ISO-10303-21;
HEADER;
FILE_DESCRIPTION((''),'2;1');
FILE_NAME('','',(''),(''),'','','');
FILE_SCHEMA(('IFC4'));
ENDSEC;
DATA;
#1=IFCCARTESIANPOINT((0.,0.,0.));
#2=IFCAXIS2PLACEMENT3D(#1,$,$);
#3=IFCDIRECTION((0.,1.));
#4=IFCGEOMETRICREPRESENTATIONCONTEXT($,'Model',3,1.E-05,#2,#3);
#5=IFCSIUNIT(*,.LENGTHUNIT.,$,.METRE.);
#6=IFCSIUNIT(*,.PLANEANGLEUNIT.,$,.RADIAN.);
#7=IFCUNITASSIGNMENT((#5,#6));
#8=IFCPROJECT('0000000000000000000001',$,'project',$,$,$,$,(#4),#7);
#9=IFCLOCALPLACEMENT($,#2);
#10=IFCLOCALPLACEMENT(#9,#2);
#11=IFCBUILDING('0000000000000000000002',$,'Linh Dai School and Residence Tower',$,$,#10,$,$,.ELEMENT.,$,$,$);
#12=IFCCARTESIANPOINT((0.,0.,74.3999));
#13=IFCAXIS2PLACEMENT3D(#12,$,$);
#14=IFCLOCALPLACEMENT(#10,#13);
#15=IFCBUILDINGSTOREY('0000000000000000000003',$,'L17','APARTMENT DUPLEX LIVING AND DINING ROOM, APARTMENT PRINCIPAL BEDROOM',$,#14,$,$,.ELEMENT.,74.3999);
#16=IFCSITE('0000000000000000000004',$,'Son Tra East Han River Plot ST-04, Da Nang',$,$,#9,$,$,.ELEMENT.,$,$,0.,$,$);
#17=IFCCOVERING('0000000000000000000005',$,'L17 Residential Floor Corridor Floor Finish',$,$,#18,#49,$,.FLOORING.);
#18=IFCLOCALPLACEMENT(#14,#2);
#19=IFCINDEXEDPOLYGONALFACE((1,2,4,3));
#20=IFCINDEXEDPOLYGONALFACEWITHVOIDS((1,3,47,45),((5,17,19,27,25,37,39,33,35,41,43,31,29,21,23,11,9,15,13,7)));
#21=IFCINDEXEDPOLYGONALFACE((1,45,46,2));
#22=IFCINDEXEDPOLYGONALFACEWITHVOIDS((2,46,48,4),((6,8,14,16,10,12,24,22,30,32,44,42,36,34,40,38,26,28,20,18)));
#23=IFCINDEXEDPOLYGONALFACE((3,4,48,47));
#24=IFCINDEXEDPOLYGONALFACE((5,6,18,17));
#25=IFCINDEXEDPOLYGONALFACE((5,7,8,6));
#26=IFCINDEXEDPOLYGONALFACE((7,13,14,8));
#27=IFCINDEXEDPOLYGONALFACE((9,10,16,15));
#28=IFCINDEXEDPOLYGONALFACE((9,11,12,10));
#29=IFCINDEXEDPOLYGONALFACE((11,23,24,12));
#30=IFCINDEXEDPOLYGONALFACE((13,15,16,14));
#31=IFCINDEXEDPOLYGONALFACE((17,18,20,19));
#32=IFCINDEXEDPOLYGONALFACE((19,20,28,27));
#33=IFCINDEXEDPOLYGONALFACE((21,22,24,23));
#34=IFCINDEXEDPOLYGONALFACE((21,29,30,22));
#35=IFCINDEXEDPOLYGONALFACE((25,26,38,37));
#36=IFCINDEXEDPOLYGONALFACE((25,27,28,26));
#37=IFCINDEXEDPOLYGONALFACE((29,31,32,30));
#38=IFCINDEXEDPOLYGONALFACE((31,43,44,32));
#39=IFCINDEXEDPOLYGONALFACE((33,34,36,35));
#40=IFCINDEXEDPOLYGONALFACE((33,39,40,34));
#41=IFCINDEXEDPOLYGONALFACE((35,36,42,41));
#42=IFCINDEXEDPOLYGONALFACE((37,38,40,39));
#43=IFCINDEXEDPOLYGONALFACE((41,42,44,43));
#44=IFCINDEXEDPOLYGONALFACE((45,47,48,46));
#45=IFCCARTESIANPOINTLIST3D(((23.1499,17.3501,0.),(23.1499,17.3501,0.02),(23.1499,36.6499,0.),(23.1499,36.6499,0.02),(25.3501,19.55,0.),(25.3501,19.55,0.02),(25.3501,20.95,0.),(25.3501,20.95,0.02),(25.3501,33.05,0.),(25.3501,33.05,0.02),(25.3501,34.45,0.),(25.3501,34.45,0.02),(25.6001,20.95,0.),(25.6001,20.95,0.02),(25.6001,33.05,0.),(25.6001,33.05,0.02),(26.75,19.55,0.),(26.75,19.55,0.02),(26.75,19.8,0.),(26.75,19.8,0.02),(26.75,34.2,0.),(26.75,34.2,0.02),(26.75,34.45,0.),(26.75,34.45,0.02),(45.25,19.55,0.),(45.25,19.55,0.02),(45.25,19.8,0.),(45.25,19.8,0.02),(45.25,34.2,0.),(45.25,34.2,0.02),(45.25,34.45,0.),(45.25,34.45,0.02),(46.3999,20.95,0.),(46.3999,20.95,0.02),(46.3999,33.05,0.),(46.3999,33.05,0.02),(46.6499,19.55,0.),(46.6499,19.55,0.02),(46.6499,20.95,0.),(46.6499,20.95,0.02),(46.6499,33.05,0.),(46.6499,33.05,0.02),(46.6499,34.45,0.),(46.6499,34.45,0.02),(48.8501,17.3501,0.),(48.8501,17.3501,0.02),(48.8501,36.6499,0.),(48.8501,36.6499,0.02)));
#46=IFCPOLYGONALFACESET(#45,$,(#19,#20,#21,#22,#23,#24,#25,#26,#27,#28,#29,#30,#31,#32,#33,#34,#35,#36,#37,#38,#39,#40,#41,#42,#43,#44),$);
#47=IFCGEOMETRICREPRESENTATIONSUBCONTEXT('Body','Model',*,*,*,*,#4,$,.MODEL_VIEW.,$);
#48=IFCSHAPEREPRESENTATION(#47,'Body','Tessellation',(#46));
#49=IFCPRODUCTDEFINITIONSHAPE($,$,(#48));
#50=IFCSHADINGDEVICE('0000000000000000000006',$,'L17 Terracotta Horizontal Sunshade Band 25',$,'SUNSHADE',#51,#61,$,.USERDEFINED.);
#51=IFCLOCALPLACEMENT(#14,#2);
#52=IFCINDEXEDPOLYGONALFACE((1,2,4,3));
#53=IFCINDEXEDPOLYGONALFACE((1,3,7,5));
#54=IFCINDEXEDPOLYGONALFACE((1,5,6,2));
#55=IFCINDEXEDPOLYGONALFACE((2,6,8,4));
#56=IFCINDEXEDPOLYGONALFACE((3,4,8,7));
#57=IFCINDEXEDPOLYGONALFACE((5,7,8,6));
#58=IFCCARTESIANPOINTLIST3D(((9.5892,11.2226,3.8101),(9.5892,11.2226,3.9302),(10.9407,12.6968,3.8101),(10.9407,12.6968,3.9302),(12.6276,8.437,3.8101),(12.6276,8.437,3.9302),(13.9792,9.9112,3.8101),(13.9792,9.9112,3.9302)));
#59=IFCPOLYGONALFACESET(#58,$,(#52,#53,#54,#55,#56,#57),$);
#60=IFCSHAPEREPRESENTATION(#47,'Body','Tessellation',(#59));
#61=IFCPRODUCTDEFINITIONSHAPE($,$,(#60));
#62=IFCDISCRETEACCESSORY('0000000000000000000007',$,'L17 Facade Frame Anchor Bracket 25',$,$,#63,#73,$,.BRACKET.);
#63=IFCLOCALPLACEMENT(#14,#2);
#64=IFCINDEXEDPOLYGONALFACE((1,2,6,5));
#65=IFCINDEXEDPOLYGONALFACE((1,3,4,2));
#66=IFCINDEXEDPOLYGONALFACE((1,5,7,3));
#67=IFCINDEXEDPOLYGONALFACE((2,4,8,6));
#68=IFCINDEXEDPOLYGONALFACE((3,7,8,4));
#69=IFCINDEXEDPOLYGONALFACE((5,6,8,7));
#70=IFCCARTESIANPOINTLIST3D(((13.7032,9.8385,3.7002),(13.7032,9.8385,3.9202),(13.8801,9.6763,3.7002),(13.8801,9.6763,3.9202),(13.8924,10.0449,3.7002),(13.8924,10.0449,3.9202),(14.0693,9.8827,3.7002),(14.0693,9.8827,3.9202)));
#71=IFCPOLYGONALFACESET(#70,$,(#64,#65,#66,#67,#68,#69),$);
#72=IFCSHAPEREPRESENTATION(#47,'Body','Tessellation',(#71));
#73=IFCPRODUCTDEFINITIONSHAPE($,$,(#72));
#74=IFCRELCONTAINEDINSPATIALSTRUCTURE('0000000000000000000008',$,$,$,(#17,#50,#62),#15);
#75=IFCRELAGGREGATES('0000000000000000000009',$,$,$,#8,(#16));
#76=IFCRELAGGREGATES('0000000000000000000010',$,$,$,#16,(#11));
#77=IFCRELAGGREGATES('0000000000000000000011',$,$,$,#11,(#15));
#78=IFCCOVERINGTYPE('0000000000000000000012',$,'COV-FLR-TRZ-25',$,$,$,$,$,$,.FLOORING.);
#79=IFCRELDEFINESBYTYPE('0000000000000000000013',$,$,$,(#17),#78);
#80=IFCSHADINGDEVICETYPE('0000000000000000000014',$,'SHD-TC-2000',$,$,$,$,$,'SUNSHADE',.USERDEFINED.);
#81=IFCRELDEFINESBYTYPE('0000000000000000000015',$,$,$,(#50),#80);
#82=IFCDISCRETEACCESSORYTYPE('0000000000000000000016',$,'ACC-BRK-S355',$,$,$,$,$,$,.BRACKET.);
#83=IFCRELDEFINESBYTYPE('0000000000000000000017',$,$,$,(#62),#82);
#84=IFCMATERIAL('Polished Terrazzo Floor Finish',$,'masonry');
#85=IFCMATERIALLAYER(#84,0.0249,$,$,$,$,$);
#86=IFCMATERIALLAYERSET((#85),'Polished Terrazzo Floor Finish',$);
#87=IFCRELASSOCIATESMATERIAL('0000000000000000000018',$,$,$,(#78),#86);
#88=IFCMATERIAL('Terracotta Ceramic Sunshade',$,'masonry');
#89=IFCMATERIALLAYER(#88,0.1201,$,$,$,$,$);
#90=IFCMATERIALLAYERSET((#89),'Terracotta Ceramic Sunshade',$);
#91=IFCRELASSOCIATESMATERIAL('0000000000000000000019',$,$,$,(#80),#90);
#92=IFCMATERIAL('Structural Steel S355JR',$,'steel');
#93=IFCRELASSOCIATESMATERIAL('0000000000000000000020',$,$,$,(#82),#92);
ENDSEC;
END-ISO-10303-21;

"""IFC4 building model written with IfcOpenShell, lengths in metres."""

from ifc_helpers import new_model, si_unit, direction, frame, origin, origin_2d, place, context, subcontext, project, spatial, polyline, rectangle, outline, extrude, source, transform, mapped, material, layer, layer_set, type_object, element, save


model = new_model("IFC4")

# Units and contexts
model_context = context("Model", 3, precision=1e-05, world=origin(), true_north=direction((0.0, 1.0)))
body_context = subcontext(model_context, "Body", "Model", "MODEL_VIEW")
ifc_project = project(units=[si_unit("LENGTHUNIT", "METRE"), si_unit("PLANEANGLEUNIT", "RADIAN")], contexts=[model_context])

# Site, building, storey
site_placement = place(None, origin())
site = spatial("IfcSite", under=ifc_project, at=site_placement, Name="Son Tra East Han River Plot ST-04, Da Nang", CompositionType="ELEMENT", RefElevation=0.0)
building_placement = place(site_placement, origin())
building = spatial("IfcBuilding", under=site, at=building_placement, Name="Linh Dai School and Residence Tower", CompositionType="ELEMENT")
storey_placement = place(building_placement, frame((0.0, 0.0, 74.3999)))
storey = spatial("IfcBuildingStorey", under=building, at=storey_placement, Name="L17", Description="APARTMENT DUPLEX LIVING AND DINING ROOM, APARTMENT PRINCIPAL BEDROOM", CompositionType="ELEMENT", Elevation=74.3999)

# Shared definitions
ifc_material_1 = material(Name="Structural Steel S355JR", Category="steel")

# Covering
ifc_material_2 = material(Name="Polished Terrazzo Floor Finish", Category="masonry")
ifc_layer_1 = layer(ifc_material_2, 0.0249)
ifc_layer_set_1 = layer_set([ifc_layer_1], Name="Polished Terrazzo Floor Finish")
covering_type_1 = type_object("IfcCoveringType", Name="COV-FLR-TRZ-25", PredefinedType="FLOORING", material=ifc_layer_set_1)
covering_1_placement = place(storey_placement, origin())
element("IfcCovering", 1, at=covering_1_placement, inside=storey, type_object=covering_type_1, Name="L17 Residential Floor Corridor Floor Finish", PredefinedType="FLOORING", context=body_context, shape_type="SweptSolid", body=[
    extrude(outline(polyline([(48.8501, 36.6499), (48.8501, 17.3501), (23.1499, 17.3501), (23.1499, 36.6499), (48.8501, 36.6499)]), holes=[polyline([(26.75, 34.2), (26.75, 34.45), (25.3501, 34.45), (25.3501, 33.05), (25.6001, 33.05), (25.6001, 20.95), (25.3501, 20.95), (25.3501, 19.55), (26.75, 19.55), (26.75, 19.8), (45.25, 19.8), (45.25, 19.55), (46.6499, 19.55), (46.6499, 20.95), (46.3999, 20.95), (46.3999, 33.05), (46.6499, 33.05), (46.6499, 34.45), (45.25, 34.45), (45.25, 34.2), (26.75, 34.2)])]), origin(), (0.0, 0.0, 1.0), 0.02),
])

# Shading device
ifc_material_3 = material(Name="Terracotta Ceramic Sunshade", Category="masonry")
ifc_layer_2 = layer(ifc_material_3, 0.1201)
ifc_layer_set_2 = layer_set([ifc_layer_2], Name="Terracotta Ceramic Sunshade")
shading_device_type = type_object("IfcShadingDeviceType", Name="SHD-TC-2000", ElementType="SUNSHADE", PredefinedType="USERDEFINED", material=ifc_layer_set_2)
shared_shape_1 = source(origin(), body_context, "Body", "SweptSolid", [
    extrude(rectangle(XDim=4.1221, YDim=2.0, at=origin_2d()), origin(), (0.0, 0.0, 1.0), 0.1201),
])
shading_device_placement = place(storey_placement, frame((11.7842, 10.5669, 3.8101), z_axis=(0.0, 0.0, 1.0), x_axis=(-0.737113, 0.675769, 0.0)))
element("IfcShadingDevice", 2, at=shading_device_placement, inside=storey, type_object=shading_device_type, Name="L17 Terracotta Horizontal Sunshade Band 25", ObjectType="SUNSHADE", PredefinedType="USERDEFINED", context=body_context, shape_type="MappedRepresentation", body=[
    mapped(shared_shape_1, transform((0.0, 0.0, 0.0), x_axis=(1.0, 0.0, 0.0), y_axis=(0.0, 1.0, 0.0), z_axis=(0.0, 0.0, 1.0), scale=1.0)),
])

# Discrete accessory
discrete_accessory_type = type_object("IfcDiscreteAccessoryType", Name="ACC-BRK-S355", PredefinedType="BRACKET", material=ifc_material_1)
shared_shape_2 = source(origin(), body_context, "Body", "SweptSolid", [
    extrude(rectangle(XDim=0.28, YDim=0.24, at=origin_2d()), origin(), (0.0, 0.0, 1.0), 0.22),
])
discrete_accessory_placement = place(storey_placement, frame((13.8862, 9.8606, 3.7002), z_axis=(0.0, 0.0, 1.0), x_axis=(-0.675769, -0.737113, 0.0)))
element("IfcDiscreteAccessory", 3, at=discrete_accessory_placement, inside=storey, type_object=discrete_accessory_type, Name="L17 Facade Frame Anchor Bracket 25", PredefinedType="BRACKET", context=body_context, shape_type="MappedRepresentation", body=[
    mapped(shared_shape_2, transform((0.0, 0.0, 0.0), x_axis=(1.0, 0.0, 0.0), y_axis=(0.0, 1.0, 0.0), z_axis=(0.0, 0.0, 1.0), scale=1.0)),
])

save(model, "model.ifc")
